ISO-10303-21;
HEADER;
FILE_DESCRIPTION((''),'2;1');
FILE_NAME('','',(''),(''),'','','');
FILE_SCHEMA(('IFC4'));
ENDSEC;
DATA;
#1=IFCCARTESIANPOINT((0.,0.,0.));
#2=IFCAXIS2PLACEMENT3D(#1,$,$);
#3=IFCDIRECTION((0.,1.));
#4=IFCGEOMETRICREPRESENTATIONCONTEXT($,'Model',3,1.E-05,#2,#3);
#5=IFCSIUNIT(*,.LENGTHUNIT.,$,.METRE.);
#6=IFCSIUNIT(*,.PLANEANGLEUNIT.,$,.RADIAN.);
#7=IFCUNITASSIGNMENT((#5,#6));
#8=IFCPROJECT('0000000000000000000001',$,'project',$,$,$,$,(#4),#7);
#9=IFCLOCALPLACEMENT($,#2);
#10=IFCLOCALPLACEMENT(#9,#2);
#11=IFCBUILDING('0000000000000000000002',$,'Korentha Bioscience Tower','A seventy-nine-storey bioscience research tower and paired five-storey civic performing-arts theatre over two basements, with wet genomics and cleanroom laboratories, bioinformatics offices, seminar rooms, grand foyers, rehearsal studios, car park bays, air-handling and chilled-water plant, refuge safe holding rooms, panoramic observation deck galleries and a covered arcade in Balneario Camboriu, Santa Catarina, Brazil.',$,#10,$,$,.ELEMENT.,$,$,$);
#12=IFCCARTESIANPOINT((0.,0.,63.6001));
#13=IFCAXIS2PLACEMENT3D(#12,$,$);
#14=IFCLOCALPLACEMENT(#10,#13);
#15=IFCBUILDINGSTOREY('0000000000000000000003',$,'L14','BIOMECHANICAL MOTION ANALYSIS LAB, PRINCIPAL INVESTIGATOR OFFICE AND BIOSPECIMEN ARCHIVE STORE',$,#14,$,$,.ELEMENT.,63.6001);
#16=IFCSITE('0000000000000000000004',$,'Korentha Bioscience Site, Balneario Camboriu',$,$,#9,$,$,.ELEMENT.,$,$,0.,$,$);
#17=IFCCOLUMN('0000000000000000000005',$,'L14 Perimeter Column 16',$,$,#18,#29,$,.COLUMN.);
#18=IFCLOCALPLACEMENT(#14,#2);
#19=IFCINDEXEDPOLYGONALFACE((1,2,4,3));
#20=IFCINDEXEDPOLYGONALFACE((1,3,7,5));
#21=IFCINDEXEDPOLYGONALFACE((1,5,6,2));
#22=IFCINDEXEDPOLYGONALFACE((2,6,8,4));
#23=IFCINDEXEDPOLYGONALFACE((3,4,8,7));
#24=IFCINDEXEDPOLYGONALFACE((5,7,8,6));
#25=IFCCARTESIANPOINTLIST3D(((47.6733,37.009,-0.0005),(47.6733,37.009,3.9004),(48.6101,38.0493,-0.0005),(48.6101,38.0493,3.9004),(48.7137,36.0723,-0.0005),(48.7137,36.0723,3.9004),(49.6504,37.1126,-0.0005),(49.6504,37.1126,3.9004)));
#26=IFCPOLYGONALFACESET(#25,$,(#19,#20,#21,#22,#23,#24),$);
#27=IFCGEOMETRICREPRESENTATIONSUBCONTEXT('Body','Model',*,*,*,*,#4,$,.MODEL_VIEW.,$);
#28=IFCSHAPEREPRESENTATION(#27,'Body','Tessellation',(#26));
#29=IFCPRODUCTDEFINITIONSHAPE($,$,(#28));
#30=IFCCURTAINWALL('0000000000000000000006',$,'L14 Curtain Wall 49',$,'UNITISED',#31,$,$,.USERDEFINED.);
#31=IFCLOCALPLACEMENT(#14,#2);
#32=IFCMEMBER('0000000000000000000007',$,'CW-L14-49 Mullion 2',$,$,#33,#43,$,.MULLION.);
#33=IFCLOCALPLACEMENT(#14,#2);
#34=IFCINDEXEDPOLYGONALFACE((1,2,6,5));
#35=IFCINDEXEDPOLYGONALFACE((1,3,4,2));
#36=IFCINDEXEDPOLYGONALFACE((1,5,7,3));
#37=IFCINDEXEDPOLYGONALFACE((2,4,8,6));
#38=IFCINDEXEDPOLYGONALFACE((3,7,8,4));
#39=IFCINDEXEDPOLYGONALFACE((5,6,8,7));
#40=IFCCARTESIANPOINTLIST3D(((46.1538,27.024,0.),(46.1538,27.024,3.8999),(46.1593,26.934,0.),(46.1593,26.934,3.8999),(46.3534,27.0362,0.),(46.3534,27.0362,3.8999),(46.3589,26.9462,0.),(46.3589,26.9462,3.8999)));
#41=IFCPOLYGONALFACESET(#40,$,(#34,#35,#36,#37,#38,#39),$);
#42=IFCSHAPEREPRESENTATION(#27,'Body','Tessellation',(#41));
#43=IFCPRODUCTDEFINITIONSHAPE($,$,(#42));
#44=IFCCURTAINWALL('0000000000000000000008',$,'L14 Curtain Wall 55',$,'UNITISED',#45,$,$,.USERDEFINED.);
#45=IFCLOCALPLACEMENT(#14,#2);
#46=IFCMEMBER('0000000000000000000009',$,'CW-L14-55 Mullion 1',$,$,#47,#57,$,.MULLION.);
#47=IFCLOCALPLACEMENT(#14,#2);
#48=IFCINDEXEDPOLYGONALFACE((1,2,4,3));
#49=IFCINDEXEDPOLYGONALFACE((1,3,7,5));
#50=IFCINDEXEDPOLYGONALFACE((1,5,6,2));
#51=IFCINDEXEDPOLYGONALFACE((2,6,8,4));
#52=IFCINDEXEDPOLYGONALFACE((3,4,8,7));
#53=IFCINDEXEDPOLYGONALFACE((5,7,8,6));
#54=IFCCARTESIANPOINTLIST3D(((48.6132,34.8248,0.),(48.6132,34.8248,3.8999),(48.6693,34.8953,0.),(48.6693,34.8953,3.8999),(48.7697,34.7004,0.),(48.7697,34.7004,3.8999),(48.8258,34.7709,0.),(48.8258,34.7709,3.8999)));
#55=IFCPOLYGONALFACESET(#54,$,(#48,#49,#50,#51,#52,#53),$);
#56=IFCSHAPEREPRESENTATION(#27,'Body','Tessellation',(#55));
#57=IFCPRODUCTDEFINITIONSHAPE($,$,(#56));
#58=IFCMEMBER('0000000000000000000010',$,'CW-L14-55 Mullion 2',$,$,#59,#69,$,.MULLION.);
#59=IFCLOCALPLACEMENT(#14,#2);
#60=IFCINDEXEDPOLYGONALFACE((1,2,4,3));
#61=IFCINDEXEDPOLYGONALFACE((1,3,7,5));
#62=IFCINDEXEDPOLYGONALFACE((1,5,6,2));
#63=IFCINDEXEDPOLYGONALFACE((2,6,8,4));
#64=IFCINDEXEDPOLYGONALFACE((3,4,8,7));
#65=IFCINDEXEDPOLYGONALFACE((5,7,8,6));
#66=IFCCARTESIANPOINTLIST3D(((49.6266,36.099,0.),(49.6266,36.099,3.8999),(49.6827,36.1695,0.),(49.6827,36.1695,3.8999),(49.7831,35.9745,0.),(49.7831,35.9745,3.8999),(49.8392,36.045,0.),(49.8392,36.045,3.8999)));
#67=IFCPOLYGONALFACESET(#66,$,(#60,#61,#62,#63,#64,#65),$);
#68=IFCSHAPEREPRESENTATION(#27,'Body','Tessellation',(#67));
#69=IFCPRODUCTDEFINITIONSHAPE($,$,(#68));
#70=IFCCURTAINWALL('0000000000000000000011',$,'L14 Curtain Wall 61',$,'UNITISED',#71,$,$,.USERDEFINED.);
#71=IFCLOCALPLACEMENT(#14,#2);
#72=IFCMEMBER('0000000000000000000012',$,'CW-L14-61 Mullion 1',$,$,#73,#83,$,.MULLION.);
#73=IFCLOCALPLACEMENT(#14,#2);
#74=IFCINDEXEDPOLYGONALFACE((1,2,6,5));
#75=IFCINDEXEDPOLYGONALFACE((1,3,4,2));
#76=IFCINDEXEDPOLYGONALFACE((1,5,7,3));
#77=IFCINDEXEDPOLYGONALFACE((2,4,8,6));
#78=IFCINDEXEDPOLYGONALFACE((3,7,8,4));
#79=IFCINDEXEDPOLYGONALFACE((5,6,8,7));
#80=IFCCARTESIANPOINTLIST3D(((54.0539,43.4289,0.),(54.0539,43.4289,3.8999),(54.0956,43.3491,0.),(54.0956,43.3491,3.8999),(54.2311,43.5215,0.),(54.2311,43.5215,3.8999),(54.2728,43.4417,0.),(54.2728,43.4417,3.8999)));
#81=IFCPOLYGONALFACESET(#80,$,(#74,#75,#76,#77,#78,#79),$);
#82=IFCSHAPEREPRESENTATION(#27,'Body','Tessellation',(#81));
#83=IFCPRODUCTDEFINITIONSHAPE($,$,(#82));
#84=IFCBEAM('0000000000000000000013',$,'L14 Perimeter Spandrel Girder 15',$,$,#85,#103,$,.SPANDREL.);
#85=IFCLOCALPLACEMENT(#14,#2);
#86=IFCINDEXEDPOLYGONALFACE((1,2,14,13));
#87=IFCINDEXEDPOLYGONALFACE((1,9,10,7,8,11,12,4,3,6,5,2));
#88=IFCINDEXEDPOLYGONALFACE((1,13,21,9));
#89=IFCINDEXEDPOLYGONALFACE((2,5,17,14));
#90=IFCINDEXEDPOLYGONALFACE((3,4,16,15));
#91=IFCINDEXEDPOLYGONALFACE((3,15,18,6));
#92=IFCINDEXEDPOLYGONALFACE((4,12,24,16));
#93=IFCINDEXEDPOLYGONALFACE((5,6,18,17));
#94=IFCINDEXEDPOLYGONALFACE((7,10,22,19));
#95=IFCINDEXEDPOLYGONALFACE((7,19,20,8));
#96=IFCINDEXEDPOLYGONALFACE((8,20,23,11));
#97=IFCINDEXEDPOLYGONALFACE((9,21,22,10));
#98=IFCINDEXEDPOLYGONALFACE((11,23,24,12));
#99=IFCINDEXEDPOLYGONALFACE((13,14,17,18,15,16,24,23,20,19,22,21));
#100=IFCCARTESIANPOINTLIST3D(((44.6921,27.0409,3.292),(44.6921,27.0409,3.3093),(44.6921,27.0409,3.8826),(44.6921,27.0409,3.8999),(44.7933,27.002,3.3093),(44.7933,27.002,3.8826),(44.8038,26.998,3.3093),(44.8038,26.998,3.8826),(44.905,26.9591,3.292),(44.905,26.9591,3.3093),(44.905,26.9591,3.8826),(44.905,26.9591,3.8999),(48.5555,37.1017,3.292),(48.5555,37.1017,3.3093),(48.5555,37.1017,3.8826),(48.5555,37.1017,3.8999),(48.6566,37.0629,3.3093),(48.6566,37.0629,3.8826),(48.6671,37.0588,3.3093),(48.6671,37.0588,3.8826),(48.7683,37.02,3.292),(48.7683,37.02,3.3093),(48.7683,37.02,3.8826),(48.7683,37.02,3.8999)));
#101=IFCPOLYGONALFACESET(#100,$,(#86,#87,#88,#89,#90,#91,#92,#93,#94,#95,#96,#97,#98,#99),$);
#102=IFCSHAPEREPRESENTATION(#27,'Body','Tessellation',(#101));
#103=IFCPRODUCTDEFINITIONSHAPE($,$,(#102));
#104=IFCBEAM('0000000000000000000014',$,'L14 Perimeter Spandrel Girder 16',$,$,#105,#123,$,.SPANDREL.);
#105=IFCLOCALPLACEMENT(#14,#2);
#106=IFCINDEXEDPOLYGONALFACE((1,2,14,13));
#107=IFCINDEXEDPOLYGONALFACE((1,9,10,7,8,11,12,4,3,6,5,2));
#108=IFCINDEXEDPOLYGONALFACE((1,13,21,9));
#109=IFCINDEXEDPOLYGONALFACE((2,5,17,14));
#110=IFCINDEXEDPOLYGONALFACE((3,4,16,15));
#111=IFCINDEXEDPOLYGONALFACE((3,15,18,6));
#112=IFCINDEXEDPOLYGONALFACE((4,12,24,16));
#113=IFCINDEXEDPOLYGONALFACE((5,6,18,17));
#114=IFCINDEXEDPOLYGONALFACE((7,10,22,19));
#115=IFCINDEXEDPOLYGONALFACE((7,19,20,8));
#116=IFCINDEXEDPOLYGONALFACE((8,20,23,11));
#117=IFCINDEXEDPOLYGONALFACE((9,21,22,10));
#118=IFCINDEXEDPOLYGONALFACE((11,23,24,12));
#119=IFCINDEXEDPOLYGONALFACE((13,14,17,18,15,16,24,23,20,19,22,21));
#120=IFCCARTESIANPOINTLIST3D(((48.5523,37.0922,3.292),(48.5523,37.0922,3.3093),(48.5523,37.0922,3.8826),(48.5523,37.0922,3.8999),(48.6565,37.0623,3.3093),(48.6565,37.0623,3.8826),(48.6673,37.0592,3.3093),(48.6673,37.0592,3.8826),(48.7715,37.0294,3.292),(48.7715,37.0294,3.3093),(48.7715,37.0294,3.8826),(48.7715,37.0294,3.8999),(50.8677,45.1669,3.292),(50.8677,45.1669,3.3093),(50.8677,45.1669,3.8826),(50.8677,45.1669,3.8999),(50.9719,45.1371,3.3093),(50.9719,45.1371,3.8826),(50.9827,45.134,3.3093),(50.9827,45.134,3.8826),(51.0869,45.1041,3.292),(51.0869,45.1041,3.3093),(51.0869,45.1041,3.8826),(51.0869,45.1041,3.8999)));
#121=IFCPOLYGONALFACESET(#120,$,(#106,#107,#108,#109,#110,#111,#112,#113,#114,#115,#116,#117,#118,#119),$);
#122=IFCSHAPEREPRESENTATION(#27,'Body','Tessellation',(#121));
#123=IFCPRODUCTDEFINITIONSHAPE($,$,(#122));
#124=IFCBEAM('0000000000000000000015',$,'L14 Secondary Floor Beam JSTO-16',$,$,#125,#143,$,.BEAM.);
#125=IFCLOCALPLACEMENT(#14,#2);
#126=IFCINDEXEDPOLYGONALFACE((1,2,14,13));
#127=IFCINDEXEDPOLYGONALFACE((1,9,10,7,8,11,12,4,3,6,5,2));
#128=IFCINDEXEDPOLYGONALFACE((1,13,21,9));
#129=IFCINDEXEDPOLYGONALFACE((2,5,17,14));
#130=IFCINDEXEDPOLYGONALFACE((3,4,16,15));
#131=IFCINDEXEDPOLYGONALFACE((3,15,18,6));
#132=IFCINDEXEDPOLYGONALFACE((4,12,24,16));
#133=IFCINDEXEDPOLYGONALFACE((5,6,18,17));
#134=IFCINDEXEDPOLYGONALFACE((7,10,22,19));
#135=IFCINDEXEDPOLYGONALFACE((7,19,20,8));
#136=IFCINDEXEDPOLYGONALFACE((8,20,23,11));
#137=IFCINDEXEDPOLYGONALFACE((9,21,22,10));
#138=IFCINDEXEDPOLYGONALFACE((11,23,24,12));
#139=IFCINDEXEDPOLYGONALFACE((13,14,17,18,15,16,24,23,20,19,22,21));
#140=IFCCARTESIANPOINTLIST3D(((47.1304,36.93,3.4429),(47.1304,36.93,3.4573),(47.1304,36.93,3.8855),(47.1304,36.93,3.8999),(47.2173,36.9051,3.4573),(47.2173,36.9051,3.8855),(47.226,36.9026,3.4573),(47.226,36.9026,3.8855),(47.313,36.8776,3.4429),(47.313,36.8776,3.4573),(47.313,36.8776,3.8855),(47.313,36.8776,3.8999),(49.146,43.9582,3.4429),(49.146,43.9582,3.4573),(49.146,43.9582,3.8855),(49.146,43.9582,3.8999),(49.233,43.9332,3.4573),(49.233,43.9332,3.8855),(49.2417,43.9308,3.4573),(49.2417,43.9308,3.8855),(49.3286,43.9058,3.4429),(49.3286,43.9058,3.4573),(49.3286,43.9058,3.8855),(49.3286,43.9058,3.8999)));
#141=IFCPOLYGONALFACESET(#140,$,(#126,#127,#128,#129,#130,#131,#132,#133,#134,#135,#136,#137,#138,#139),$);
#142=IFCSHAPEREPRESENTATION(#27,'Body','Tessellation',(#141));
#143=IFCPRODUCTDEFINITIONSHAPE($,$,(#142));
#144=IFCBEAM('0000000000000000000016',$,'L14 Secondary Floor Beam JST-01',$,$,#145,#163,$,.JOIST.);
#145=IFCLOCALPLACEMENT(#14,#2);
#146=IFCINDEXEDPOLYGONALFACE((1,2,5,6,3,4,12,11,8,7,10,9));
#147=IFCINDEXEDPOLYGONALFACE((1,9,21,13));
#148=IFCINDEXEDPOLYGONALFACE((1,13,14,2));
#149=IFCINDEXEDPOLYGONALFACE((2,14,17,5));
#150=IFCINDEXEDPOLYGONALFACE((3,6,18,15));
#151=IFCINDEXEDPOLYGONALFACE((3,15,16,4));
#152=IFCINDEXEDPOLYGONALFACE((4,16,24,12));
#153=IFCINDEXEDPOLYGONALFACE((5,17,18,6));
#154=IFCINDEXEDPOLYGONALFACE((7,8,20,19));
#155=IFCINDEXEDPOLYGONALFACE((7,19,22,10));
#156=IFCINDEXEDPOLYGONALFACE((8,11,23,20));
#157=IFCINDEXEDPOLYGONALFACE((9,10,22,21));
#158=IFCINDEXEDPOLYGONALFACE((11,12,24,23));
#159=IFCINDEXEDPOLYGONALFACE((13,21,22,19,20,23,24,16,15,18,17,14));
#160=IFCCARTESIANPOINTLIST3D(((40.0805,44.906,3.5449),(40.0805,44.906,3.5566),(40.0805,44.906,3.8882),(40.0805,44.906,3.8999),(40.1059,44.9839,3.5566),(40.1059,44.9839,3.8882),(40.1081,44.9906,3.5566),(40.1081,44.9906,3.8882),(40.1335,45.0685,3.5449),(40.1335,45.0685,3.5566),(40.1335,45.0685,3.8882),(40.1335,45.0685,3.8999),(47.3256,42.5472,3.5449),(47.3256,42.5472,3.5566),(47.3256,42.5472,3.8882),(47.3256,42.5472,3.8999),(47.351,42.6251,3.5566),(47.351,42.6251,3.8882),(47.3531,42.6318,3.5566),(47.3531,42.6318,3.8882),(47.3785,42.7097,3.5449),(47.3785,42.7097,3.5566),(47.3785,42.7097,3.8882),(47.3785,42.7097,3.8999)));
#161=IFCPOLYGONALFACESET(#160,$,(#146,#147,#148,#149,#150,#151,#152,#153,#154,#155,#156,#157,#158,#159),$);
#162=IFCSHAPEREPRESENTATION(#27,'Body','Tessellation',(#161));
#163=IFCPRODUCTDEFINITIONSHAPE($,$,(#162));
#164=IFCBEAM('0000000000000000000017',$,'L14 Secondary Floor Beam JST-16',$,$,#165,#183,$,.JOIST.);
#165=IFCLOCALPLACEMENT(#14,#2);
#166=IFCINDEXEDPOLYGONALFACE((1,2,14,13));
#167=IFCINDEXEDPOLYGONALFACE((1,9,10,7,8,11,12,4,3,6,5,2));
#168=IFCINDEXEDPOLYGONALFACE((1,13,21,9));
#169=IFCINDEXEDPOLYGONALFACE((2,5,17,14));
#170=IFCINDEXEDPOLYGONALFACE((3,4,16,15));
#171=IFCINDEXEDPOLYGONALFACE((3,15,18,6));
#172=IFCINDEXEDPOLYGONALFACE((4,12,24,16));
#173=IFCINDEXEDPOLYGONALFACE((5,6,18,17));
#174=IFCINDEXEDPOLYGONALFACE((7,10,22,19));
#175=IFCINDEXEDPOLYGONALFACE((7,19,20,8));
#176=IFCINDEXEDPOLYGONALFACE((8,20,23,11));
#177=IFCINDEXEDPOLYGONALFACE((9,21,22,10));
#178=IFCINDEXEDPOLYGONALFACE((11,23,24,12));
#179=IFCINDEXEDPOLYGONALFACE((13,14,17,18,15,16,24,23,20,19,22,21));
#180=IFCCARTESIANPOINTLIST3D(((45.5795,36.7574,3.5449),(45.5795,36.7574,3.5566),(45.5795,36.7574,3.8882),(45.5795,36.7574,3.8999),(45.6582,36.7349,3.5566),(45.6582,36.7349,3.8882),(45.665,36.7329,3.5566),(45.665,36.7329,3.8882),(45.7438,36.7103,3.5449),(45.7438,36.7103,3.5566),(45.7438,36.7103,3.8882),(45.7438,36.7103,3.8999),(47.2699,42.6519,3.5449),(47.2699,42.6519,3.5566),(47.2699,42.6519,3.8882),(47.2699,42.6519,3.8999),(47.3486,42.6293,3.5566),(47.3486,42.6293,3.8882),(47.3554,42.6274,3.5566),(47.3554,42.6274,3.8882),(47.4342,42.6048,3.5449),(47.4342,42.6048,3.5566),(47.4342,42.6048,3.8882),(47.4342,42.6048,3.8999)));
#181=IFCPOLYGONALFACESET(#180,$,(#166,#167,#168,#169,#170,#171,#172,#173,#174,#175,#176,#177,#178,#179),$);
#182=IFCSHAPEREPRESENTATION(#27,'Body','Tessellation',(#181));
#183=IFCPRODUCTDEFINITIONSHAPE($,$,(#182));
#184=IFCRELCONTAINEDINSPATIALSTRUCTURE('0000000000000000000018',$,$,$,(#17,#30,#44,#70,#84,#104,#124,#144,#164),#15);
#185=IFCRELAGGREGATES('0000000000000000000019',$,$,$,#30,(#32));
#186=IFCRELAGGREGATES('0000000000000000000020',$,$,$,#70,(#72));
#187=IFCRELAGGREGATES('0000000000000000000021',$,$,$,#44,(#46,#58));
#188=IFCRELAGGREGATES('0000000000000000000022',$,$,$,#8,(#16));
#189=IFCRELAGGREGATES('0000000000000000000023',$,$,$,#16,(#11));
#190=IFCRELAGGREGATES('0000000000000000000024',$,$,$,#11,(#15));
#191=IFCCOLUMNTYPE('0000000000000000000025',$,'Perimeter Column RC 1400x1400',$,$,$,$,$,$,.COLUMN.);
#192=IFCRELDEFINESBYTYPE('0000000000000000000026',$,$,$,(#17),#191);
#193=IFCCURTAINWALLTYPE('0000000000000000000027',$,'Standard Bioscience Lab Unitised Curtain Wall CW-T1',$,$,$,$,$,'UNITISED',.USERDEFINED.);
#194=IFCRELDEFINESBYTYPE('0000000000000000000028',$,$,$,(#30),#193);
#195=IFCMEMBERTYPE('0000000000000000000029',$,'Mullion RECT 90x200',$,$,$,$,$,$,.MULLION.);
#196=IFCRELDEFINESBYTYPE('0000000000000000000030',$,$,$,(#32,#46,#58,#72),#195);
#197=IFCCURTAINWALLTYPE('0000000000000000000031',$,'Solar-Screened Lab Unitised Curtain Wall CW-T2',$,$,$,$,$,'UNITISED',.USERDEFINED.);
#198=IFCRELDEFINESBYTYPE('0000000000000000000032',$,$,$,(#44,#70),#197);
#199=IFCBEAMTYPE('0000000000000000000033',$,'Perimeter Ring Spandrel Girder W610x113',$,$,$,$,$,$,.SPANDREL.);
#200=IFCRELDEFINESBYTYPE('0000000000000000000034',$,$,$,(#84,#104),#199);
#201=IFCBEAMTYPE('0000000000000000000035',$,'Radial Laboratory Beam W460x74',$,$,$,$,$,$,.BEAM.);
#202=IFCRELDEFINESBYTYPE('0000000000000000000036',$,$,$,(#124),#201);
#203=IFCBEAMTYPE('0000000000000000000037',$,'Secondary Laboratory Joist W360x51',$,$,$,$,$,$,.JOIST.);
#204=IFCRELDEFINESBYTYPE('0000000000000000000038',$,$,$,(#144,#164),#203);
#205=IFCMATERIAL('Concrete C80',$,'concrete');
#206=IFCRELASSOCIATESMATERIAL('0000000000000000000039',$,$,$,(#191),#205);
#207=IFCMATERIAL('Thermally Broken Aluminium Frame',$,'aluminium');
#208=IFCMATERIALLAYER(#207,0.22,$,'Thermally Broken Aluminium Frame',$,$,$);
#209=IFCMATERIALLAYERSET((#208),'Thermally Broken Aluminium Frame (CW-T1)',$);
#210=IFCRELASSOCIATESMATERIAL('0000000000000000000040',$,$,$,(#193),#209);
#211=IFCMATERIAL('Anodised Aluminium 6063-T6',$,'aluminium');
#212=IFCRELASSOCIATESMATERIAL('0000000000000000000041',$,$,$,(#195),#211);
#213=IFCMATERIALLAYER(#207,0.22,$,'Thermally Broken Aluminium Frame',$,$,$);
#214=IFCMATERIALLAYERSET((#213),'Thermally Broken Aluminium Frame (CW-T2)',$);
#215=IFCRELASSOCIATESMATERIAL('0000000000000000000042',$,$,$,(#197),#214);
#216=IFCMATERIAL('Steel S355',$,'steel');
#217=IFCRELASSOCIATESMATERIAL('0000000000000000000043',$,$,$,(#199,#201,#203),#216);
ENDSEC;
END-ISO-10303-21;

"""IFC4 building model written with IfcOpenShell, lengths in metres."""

from ifc_helpers import new_model, si_unit, direction, frame, origin, origin_2d, place, context, subcontext, project, spatial, rectangle, i_section, extrude, material, layer, layer_set, material_profile, profile_set, type_object, element, aggregate, save


model = new_model("IFC4")

# Units and contexts
model_context = context("Model", 3, precision=1e-05, world=origin(), true_north=direction((0.0, 1.0)))
body_context = subcontext(model_context, "Body", "Model", "MODEL_VIEW")
ifc_project = project(units=[si_unit("LENGTHUNIT", "METRE"), si_unit("PLANEANGLEUNIT", "RADIAN")], contexts=[model_context])

# Site, building, storey
site_placement = place(None, origin())
site = spatial("IfcSite", under=ifc_project, at=site_placement, Name="Korentha Bioscience Site, Balneario Camboriu", CompositionType="ELEMENT", RefElevation=0.0)
building_placement = place(site_placement, origin())
building = spatial("IfcBuilding", under=site, at=building_placement, Name="Korentha Bioscience Tower", Description="A seventy-nine-storey bioscience research tower and paired five-storey civic performing-arts theatre over two basements, with wet genomics and cleanroom laboratories, bioinformatics offices, seminar rooms, grand foyers, rehearsal studios, car park bays, air-handling and chilled-water plant, refuge safe holding rooms, panoramic observation deck galleries and a covered arcade in Balneario Camboriu, Santa Catarina, Brazil.", CompositionType="ELEMENT")
storey_placement = place(building_placement, frame((0.0, 0.0, 63.6001)))
storey = spatial("IfcBuildingStorey", under=building, at=storey_placement, Name="L14", Description="BIOMECHANICAL MOTION ANALYSIS LAB, PRINCIPAL INVESTIGATOR OFFICE AND BIOSPECIMEN ARCHIVE STORE", CompositionType="ELEMENT", Elevation=63.6001)

# Column
ifc_material_1 = material(Name="Concrete C80", Category="concrete")
ifc_material_profile_1 = material_profile(ifc_material_1, rectangle(XDim=1.3999, YDim=1.3999, at=origin_2d()), Name="Concrete C80")
ifc_profile_set_1 = profile_set([ifc_material_profile_1], Name="Concrete C80 (COL-P14)")
column_type = type_object("IfcColumnType", Name="Perimeter Column RC 1400x1400", PredefinedType="COLUMN", material=ifc_profile_set_1)
column_placement = place(storey_placement, frame((48.6619, 37.0608, -0.0005), z_axis=(0.0, 0.0, 1.0), x_axis=(0.669131, 0.743145, 0.0)))
element("IfcColumn", 1, at=column_placement, inside=storey, type_object=column_type, Name="L14 Perimeter Column 16", PredefinedType="COLUMN", context=body_context, shape_type="SweptSolid", body=[
    extrude(rectangle(XDim=1.3999, YDim=1.3999, at=origin_2d()), origin(), (0.0, 0.0, 1.0), 3.9009),
])

# Curtain wall, member
ifc_material_2 = material(Name="Thermally Broken Aluminium Frame", Category="aluminium")
ifc_layer_1 = layer(ifc_material_2, 0.22, Name="Thermally Broken Aluminium Frame")
ifc_layer_set_1 = layer_set([ifc_layer_1], Name="Thermally Broken Aluminium Frame (CW-T1)")
curtain_wall_type_1 = type_object("IfcCurtainWallType", Name="Standard Bioscience Lab Unitised Curtain Wall CW-T1", ElementType="UNITISED", PredefinedType="USERDEFINED", material=ifc_layer_set_1)
curtain_wall_1_placement = place(storey_placement, origin())
curtain_wall_1 = element("IfcCurtainWall", 2, at=curtain_wall_1_placement, inside=storey, type_object=curtain_wall_type_1, Name="L14 Curtain Wall 49", ObjectType="UNITISED", PredefinedType="USERDEFINED")
ifc_material_3 = material(Name="Anodised Aluminium 6063-T6", Category="aluminium")
ifc_material_profile_2 = material_profile(ifc_material_3, rectangle(XDim=0.0901, YDim=0.2, at=origin_2d()), Name="Anodised Aluminium 6063-T6")
ifc_profile_set_2 = profile_set([ifc_material_profile_2], Name="Anodised Aluminium 6063-T6 (CW-MUL)")
member_type_1 = type_object("IfcMemberType", Name="Mullion RECT 90x200", PredefinedType="MULLION", material=ifc_profile_set_2)
member_1_placement = place(storey_placement, frame((46.2563, 26.9851, 0.0), z_axis=(0.0, 0.0, 1.0), x_axis=(-0.061008, 0.998137, 0.0)))
member_1 = element("IfcMember", 3, at=member_1_placement, type_object=member_type_1, Name="CW-L14-49 Mullion 2", PredefinedType="MULLION", context=body_context, shape_type="SweptSolid", body=[
    extrude(rectangle(XDim=0.0901, YDim=0.2, at=origin_2d()), origin(), (0.0, 0.0, 1.0), 3.8999),
])
aggregate(curtain_wall_1, [member_1])

# Curtain wall, members
ifc_layer_2 = layer(ifc_material_2, 0.22, Name="Thermally Broken Aluminium Frame")
ifc_layer_set_2 = layer_set([ifc_layer_2], Name="Thermally Broken Aluminium Frame (CW-T2)")
curtain_wall_type_2 = type_object("IfcCurtainWallType", Name="Solar-Screened Lab Unitised Curtain Wall CW-T2", ElementType="UNITISED", PredefinedType="USERDEFINED", material=ifc_layer_set_2)
curtain_wall_2_placement = place(storey_placement, origin())
curtain_wall_2 = element("IfcCurtainWall", 4, at=curtain_wall_2_placement, inside=storey, type_object=curtain_wall_type_2, Name="L14 Curtain Wall 55", ObjectType="UNITISED", PredefinedType="USERDEFINED")
member_2_placement = place(storey_placement, frame((48.7195, 34.7979, 0.0), z_axis=(0.0, 0.0, 1.0), x_axis=(0.62252, 0.782604, 0.0)))
member_2 = element("IfcMember", 5, at=member_2_placement, type_object=member_type_1, Name="CW-L14-55 Mullion 1", PredefinedType="MULLION", context=body_context, shape_type="SweptSolid", body=[
    extrude(rectangle(XDim=0.0901, YDim=0.2, at=origin_2d()), origin(), (0.0, 0.0, 1.0), 3.8999),
])
member_3_placement = place(storey_placement, frame((49.7329, 36.072, 0.0), z_axis=(0.0, 0.0, 1.0), x_axis=(0.62252, 0.782604, 0.0)))
member_3 = element("IfcMember", 6, at=member_3_placement, type_object=member_type_1, Name="CW-L14-55 Mullion 2", PredefinedType="MULLION", context=body_context, shape_type="SweptSolid", body=[
    extrude(rectangle(XDim=0.0901, YDim=0.2, at=origin_2d()), origin(), (0.0, 0.0, 1.0), 3.8999),
])

# Curtain wall, member
curtain_wall_3_placement = place(storey_placement, origin())
curtain_wall_3 = element("IfcCurtainWall", 7, at=curtain_wall_3_placement, inside=storey, type_object=curtain_wall_type_2, Name="L14 Curtain Wall 61", ObjectType="UNITISED", PredefinedType="USERDEFINED")
member_4_placement = place(storey_placement, frame((54.1633, 43.4353, 0.0), z_axis=(0.0, 0.0, 1.0), x_axis=(-0.463009, 0.886354, 0.0)))
member_4 = element("IfcMember", 8, at=member_4_placement, type_object=member_type_1, Name="CW-L14-61 Mullion 1", PredefinedType="MULLION", context=body_context, shape_type="SweptSolid", body=[
    extrude(rectangle(XDim=0.0901, YDim=0.2, at=origin_2d()), origin(), (0.0, 0.0, 1.0), 3.8999),
])

# Beams
ifc_material_4 = material(Name="Steel S355", Category="steel")
ifc_material_profile_3 = material_profile(ifc_material_4, i_section(OverallWidth=0.228, OverallDepth=0.6079, WebThickness=0.0112, FlangeThickness=0.0173, at=origin_2d()), Name="Steel S355")
ifc_profile_set_3 = profile_set([ifc_material_profile_3], Name="Steel S355 (SB-610)")
beam_type_1 = type_object("IfcBeamType", Name="Perimeter Ring Spandrel Girder W610x113", PredefinedType="SPANDREL", material=ifc_profile_set_3)
beam_1_placement = place(storey_placement, frame((44.7986, 27.0, 3.5959), z_axis=(0.358474, 0.93354, 0.0), x_axis=(-0.93354, 0.358474, 0.0)))
element("IfcBeam", 9, at=beam_1_placement, inside=storey, type_object=beam_type_1, Name="L14 Perimeter Spandrel Girder 15", PredefinedType="SPANDREL", context=body_context, shape_type="SweptSolid", body=[
    extrude(i_section(OverallWidth=0.228, OverallDepth=0.6079, WebThickness=0.0112, FlangeThickness=0.0173, at=origin_2d()), origin(), (0.0, 0.0, 1.0), 10.7771),
])
beam_2_placement = place(storey_placement, frame((48.6619, 37.0608, 3.5959), z_axis=(0.275642, 0.96126, 0.0), x_axis=(-0.96126, 0.275642, 0.0)))
element("IfcBeam", 10, at=beam_2_placement, inside=storey, type_object=beam_type_1, Name="L14 Perimeter Spandrel Girder 16", PredefinedType="SPANDREL", context=body_context, shape_type="SweptSolid", body=[
    extrude(i_section(OverallWidth=0.228, OverallDepth=0.6079, WebThickness=0.0112, FlangeThickness=0.0173, at=origin_2d()), origin(), (0.0, 0.0, 1.0), 8.4001),
])
ifc_material_profile_4 = material_profile(ifc_material_4, i_section(OverallWidth=0.1899, OverallDepth=0.457, WebThickness=0.009, FlangeThickness=0.0144, at=origin_2d()), Name="Steel S355")
ifc_profile_set_4 = profile_set([ifc_material_profile_4], Name="Steel S355 (RB-460)")
beam_type_2 = type_object("IfcBeamType", Name="Radial Laboratory Beam W460x74", PredefinedType="BEAM", material=ifc_profile_set_4)
beam_3_placement = place(storey_placement, frame((47.2217, 36.9038, 3.6714), z_axis=(0.275682, 0.961249, 0.0), x_axis=(-0.961249, 0.275682, 0.0)))
element("IfcBeam", 11, at=beam_3_placement, inside=storey, type_object=beam_type_2, Name="L14 Secondary Floor Beam JSTO-16", PredefinedType="BEAM", context=body_context, shape_type="SweptSolid", body=[
    extrude(i_section(OverallWidth=0.1899, OverallDepth=0.457, WebThickness=0.009, FlangeThickness=0.0144, at=origin_2d()), origin(), (0.0, 0.0, 1.0), 7.3115),
])
ifc_material_profile_5 = material_profile(ifc_material_4, i_section(OverallWidth=0.1709, OverallDepth=0.355, WebThickness=0.0071, FlangeThickness=0.0117, at=origin_2d()), Name="Steel S355")
ifc_profile_set_5 = profile_set([ifc_material_profile_5], Name="Steel S355 (JB-360)")
beam_type_3 = type_object("IfcBeamType", Name="Secondary Laboratory Joist W360x51", PredefinedType="JOIST", material=ifc_profile_set_5)
beam_4_placement = place(storey_placement, frame((47.3521, 42.6284, 3.7224), z_axis=(-0.950871, 0.309587, 0.0), x_axis=(-0.309587, -0.950871, 0.0)))
element("IfcBeam", 12, at=beam_4_placement, inside=storey, type_object=beam_type_3, Name="L14 Secondary Floor Beam JST-01", PredefinedType="JOIST", context=body_context, shape_type="SweptSolid", body=[
    extrude(i_section(OverallWidth=0.1709, OverallDepth=0.355, WebThickness=0.0071, FlangeThickness=0.0117, at=origin_2d()), origin(), (0.0, 0.0, 1.0), 7.6194),
])
beam_5_placement = place(storey_placement, frame((45.6616, 36.7339, 3.7224), z_axis=(0.275668, 0.961253, 0.0), x_axis=(-0.961253, 0.275668, 0.0)))
element("IfcBeam", 13, at=beam_5_placement, inside=storey, type_object=beam_type_3, Name="L14 Secondary Floor Beam JST-16", PredefinedType="JOIST", context=body_context, shape_type="SweptSolid", body=[
    extrude(i_section(OverallWidth=0.1709, OverallDepth=0.355, WebThickness=0.0071, FlangeThickness=0.0117, at=origin_2d()), origin(), (0.0, 0.0, 1.0), 6.1321),
])

aggregate(curtain_wall_3, [member_4])

aggregate(curtain_wall_2, [member_2, member_3])

save(model, "model.ifc")
